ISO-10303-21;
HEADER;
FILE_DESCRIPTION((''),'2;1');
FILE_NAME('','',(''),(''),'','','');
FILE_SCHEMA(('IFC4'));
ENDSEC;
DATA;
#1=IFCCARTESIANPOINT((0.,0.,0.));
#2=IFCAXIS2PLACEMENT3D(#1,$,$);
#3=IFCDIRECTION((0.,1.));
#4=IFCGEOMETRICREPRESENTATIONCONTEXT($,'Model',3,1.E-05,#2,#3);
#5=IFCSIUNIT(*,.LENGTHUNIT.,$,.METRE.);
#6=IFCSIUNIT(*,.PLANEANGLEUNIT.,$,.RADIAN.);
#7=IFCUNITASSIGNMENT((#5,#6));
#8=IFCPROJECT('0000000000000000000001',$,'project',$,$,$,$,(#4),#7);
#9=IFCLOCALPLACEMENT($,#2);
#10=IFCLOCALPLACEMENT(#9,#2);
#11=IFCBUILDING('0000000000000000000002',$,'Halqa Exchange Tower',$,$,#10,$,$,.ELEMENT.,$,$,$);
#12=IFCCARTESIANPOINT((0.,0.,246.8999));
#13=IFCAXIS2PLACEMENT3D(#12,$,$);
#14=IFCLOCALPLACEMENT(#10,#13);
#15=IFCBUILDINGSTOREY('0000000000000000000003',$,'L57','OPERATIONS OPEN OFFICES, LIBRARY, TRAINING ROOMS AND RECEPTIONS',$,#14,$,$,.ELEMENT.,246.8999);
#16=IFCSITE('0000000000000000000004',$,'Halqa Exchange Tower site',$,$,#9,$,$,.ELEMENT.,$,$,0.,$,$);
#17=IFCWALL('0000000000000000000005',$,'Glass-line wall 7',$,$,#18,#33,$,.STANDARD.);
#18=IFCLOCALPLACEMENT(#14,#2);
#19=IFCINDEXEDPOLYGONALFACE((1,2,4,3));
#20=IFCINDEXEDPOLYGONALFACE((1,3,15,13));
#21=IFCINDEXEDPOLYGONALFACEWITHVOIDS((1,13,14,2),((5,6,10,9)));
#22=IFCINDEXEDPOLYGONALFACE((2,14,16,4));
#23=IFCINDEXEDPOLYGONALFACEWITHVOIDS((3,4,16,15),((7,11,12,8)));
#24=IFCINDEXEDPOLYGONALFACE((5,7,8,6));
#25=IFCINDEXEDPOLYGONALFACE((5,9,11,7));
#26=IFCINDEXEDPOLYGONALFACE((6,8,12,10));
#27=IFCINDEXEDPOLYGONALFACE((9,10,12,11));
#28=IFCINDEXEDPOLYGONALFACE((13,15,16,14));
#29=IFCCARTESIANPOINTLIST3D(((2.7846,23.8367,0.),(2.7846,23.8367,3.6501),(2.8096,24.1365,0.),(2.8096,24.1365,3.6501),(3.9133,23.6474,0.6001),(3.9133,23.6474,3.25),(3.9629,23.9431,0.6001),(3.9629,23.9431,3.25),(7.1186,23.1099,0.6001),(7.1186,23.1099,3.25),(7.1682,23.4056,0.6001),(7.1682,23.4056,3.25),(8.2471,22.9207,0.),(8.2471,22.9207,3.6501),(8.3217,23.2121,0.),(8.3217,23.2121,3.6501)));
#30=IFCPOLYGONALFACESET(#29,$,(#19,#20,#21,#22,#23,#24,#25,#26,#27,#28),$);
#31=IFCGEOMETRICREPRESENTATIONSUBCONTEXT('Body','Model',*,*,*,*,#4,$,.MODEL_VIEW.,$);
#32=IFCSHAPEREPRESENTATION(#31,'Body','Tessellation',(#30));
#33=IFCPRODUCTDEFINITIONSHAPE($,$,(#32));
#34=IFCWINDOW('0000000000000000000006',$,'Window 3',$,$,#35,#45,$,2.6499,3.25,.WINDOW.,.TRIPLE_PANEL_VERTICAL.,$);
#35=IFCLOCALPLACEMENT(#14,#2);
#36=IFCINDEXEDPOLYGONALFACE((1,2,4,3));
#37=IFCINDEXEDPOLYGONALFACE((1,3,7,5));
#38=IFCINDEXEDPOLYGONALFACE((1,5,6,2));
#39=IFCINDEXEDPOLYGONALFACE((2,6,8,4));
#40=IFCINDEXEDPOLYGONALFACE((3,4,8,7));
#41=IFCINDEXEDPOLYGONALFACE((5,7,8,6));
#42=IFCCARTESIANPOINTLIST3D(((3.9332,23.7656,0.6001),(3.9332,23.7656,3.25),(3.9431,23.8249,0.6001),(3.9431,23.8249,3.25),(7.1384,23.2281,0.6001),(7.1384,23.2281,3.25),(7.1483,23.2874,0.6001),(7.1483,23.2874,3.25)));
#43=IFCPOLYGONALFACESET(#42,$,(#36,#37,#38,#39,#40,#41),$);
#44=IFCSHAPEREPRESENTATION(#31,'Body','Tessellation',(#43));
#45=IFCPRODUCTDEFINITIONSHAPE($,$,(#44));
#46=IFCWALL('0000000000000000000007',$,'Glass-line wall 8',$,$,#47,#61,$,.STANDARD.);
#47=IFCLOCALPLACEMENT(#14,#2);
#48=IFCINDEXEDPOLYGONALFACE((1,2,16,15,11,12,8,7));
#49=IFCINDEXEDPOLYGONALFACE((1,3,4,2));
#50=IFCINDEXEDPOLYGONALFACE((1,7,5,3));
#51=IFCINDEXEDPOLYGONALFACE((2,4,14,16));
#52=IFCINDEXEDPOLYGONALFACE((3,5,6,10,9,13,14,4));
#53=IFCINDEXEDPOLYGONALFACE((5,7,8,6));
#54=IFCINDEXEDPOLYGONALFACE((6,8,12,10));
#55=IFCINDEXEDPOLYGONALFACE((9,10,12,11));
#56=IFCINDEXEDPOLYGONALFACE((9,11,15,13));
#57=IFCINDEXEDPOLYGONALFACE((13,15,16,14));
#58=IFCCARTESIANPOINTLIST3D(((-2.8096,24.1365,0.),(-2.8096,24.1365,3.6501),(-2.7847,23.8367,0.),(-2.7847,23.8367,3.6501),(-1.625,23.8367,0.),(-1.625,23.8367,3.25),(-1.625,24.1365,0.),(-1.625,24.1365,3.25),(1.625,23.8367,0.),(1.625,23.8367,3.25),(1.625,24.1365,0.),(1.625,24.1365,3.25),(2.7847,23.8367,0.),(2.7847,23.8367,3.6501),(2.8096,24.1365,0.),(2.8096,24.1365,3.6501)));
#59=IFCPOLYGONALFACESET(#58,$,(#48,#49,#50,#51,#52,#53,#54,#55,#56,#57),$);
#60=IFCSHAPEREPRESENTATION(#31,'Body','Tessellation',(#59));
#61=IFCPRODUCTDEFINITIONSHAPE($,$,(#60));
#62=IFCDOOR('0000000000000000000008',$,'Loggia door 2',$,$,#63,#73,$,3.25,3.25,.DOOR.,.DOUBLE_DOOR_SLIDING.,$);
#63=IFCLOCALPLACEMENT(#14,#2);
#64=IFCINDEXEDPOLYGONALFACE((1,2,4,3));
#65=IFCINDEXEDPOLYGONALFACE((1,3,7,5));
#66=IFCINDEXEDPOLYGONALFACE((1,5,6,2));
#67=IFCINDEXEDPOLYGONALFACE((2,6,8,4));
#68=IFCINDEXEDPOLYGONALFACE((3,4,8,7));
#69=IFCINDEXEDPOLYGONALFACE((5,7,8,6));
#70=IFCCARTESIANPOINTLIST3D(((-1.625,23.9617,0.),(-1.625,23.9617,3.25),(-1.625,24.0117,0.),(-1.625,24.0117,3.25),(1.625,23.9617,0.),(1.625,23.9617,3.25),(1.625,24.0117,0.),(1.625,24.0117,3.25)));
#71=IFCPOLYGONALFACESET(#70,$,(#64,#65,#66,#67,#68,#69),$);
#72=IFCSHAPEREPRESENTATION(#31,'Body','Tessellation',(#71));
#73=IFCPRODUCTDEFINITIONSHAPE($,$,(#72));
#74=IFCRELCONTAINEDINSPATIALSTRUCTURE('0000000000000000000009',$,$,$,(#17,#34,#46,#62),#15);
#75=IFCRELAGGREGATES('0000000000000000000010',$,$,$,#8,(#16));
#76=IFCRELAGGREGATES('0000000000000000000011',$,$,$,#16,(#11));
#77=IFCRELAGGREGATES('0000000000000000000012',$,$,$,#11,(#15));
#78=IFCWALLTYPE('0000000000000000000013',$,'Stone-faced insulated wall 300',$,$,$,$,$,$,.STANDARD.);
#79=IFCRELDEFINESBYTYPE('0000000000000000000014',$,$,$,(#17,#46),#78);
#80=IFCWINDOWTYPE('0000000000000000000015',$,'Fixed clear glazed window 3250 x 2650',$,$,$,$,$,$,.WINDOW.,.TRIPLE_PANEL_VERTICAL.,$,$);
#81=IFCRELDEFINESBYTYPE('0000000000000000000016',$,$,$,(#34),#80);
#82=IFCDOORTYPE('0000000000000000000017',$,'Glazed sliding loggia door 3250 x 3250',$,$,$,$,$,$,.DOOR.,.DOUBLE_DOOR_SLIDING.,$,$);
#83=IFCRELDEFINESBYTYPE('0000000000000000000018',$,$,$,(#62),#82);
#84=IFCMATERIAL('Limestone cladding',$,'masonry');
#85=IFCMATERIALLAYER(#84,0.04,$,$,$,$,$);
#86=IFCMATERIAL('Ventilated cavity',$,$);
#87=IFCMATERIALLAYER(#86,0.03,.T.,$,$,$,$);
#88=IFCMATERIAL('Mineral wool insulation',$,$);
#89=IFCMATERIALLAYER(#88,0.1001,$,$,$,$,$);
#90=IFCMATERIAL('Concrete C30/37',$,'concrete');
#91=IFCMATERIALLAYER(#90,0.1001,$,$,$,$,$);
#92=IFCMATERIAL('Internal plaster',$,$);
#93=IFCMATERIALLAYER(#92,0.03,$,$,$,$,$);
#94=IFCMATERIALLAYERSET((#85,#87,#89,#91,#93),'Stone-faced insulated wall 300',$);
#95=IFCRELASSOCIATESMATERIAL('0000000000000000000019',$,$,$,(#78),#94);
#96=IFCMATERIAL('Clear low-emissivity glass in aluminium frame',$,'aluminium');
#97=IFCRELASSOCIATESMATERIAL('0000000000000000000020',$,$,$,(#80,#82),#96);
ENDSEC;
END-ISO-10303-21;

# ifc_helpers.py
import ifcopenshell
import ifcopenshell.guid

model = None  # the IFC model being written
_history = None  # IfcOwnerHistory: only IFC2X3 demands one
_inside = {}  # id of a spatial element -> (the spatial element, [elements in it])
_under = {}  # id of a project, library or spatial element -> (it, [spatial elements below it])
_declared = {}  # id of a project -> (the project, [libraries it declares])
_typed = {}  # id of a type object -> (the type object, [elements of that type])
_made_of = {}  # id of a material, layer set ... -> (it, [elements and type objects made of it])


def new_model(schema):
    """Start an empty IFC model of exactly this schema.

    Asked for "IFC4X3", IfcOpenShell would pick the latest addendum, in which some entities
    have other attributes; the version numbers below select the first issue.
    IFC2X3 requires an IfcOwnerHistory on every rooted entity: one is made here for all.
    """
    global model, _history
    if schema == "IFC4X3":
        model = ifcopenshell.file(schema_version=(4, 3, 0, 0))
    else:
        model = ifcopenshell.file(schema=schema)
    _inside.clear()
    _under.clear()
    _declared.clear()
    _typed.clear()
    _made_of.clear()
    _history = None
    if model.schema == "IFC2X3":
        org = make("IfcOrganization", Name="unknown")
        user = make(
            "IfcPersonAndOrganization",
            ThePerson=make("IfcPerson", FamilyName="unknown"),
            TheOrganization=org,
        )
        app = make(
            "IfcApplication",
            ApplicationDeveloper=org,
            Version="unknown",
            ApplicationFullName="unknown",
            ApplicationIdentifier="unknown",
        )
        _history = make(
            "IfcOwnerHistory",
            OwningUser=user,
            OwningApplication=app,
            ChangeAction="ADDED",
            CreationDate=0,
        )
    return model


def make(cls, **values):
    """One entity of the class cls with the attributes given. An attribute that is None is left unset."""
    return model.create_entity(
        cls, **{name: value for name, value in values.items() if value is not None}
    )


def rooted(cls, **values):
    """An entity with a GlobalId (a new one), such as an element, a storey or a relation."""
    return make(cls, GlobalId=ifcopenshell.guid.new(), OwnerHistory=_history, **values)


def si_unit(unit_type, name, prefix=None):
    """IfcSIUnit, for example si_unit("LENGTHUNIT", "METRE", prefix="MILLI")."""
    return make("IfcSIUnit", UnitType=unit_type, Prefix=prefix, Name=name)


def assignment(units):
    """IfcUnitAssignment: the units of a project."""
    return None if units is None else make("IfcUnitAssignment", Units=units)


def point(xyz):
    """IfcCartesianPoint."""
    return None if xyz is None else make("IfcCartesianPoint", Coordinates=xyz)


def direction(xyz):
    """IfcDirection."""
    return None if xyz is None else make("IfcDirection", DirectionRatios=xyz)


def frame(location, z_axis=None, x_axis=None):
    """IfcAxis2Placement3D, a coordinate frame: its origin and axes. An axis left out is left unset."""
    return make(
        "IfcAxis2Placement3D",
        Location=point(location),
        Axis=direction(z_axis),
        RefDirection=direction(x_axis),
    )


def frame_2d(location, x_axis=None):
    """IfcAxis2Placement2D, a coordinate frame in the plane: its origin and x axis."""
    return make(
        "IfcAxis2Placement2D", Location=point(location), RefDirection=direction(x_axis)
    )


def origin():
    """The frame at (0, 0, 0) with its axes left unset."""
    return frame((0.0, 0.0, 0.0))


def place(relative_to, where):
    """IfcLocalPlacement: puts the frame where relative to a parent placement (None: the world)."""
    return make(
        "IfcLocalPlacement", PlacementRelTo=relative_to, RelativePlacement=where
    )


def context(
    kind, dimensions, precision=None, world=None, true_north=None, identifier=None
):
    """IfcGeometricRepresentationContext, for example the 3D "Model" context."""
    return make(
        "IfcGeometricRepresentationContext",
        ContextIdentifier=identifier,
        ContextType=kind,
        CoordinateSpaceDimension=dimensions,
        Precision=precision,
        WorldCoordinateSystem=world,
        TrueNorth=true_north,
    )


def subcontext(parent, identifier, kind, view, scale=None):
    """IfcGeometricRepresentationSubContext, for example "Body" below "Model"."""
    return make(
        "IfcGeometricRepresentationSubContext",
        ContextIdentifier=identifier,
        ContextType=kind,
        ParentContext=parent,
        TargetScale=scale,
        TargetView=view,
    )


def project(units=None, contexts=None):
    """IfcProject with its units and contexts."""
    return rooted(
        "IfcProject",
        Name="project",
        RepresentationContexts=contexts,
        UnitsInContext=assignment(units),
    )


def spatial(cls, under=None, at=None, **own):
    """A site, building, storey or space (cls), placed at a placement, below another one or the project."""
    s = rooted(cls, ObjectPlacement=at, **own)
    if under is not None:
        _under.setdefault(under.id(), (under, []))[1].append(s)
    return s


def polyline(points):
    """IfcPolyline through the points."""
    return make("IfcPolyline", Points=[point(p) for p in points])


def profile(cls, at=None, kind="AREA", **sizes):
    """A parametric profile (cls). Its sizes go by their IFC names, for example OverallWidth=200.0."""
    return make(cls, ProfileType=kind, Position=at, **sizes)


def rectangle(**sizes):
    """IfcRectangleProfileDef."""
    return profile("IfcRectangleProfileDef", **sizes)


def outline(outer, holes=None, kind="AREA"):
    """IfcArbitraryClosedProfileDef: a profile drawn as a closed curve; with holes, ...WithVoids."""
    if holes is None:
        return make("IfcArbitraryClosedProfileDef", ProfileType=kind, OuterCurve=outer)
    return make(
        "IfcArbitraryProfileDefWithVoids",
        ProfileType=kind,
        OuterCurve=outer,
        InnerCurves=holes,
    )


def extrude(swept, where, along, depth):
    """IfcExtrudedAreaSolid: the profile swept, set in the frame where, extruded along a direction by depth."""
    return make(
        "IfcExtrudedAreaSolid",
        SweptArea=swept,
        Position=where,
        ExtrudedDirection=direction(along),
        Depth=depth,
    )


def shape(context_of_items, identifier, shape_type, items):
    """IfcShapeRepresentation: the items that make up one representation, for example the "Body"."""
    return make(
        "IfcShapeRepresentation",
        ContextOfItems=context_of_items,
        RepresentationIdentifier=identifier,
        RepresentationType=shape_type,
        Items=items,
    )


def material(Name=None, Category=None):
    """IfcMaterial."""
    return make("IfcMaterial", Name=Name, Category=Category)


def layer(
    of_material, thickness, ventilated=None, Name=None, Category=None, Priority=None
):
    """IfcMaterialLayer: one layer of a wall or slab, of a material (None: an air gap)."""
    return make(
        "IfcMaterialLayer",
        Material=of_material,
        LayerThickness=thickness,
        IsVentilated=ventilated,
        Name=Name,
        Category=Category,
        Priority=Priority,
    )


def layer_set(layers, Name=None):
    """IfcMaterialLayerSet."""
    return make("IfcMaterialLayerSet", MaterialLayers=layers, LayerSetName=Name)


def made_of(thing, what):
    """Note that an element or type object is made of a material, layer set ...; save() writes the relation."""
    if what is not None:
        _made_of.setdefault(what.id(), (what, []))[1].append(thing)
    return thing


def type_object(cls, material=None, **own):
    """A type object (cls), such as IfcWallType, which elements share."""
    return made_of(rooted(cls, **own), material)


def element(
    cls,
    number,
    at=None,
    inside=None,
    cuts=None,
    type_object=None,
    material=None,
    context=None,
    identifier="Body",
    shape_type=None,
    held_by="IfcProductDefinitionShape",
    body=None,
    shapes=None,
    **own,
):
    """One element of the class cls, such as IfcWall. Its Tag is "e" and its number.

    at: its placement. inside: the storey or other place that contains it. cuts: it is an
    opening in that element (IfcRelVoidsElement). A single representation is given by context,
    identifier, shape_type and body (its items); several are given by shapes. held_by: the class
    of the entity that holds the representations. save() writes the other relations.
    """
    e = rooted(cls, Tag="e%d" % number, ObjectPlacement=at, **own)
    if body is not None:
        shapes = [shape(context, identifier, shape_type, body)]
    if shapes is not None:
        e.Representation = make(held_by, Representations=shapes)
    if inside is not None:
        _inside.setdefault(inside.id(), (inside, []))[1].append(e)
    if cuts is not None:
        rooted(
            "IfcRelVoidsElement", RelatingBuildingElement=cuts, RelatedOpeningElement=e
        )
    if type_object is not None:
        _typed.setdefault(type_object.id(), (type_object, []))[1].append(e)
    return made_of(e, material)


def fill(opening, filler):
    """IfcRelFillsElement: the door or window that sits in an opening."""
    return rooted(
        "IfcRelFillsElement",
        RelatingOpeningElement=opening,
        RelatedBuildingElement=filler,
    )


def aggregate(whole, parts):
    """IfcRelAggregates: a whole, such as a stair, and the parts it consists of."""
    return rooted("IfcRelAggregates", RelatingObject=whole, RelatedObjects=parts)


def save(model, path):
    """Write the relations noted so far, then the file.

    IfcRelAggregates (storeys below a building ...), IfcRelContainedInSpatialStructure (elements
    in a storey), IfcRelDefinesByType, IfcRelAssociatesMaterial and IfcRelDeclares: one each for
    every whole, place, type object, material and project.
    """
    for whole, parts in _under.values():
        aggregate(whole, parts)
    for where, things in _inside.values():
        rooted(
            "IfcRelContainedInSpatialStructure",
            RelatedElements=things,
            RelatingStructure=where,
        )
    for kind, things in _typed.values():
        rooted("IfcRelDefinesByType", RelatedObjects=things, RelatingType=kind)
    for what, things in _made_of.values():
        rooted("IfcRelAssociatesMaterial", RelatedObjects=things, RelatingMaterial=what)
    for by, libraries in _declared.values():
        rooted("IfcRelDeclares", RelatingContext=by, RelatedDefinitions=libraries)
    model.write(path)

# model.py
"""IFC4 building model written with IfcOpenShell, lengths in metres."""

from ifc_helpers import new_model, si_unit, direction, frame, frame_2d, origin, place, context, subcontext, project, spatial, polyline, rectangle, outline, extrude, material, layer, layer_set, type_object, element, fill, save


model = new_model("IFC4")

# Units and contexts
model_context = context("Model", 3, precision=1e-05, world=origin(), true_north=direction((0.0, 1.0)))
body_context = subcontext(model_context, "Body", "Model", "MODEL_VIEW")
ifc_project = project(units=[si_unit("LENGTHUNIT", "METRE"), si_unit("PLANEANGLEUNIT", "RADIAN")], contexts=[model_context])

# Site, building, storey
site_placement = place(None, origin())
site = spatial("IfcSite", under=ifc_project, at=site_placement, Name="Halqa Exchange Tower site", CompositionType="ELEMENT", RefElevation=0.0)
building_placement = place(site_placement, origin())
building = spatial("IfcBuilding", under=site, at=building_placement, Name="Halqa Exchange Tower", CompositionType="ELEMENT")
storey_placement = place(building_placement, frame((0.0, 0.0, 246.8999)))
storey = spatial("IfcBuildingStorey", under=building, at=storey_placement, Name="L57", Description="OPERATIONS OPEN OFFICES, LIBRARY, TRAINING ROOMS AND RECEPTIONS", CompositionType="ELEMENT", Elevation=246.8999)

# Shared definitions
ifc_material_1 = material(Name="Concrete C30/37", Category="concrete")

# Wall, opening, window
ifc_material_2 = material(Name="Limestone cladding", Category="masonry")
ifc_layer_1 = layer(ifc_material_2, 0.04)
ifc_material_3 = material(Name="Ventilated cavity")
ifc_layer_2 = layer(ifc_material_3, 0.03, ventilated=True)
ifc_material_4 = material(Name="Mineral wool insulation")
ifc_layer_3 = layer(ifc_material_4, 0.1001)
ifc_layer_4 = layer(ifc_material_1, 0.1001)
ifc_material_5 = material(Name="Internal plaster")
ifc_layer_5 = layer(ifc_material_5, 0.03)
ifc_layer_set_1 = layer_set([ifc_layer_1, ifc_layer_2, ifc_layer_3, ifc_layer_4, ifc_layer_5], Name="Stone-faced insulated wall 300")
wall_type_1 = type_object("IfcWallType", Name="Stone-faced insulated wall 300", PredefinedType="STANDARD", material=ifc_layer_set_1)
wall_1_placement = place(storey_placement, frame((8.2844, 23.0664, 0.0), z_axis=(0.0, 0.0, 1.0), x_axis=(-0.98623, 0.165381, 0.0)))
wall_1 = element("IfcWall", 1, at=wall_1_placement, inside=storey, type_object=wall_type_1, Name="Glass-line wall 7", PredefinedType="STANDARD", context=body_context, shape_type="SweptSolid", body=[
    extrude(outline(polyline([(-0.0127, -0.1499), (5.5764, -0.1499), (5.5515, 0.1499), (0.0127, 0.1499), (-0.0127, -0.1499)])), origin(), (0.0, 0.0, 1.0), 3.6501),
])
opening_1_placement = place(wall_1_placement, frame((1.157, 0.0, 0.6001)))
opening_1 = element("IfcOpeningElement", 2, at=opening_1_placement, cuts=wall_1, PredefinedType="OPENING", context=body_context, shape_type="SweptSolid", body=[
    extrude(rectangle(XDim=3.25, YDim=2.6499, at=frame_2d((1.625, 1.325))), frame((0.0, 0.1621, 0.0), z_axis=(0.0, -1.0, 0.0), x_axis=(1.0, 0.0, 0.0)), (0.0, 0.0, 1.0), 0.324),
])
ifc_material_6 = material(Name="Clear low-emissivity glass in aluminium frame", Category="aluminium")
window_type = type_object("IfcWindowType", Name="Fixed clear glazed window 3250 x 2650", PartitioningType="TRIPLE_PANEL_VERTICAL", PredefinedType="WINDOW", material=ifc_material_6)
window_placement = place(opening_1_placement, origin())
window = element("IfcWindow", 3, at=window_placement, inside=storey, type_object=window_type, Name="Window 3", OverallHeight=2.6499, OverallWidth=3.25, PartitioningType="TRIPLE_PANEL_VERTICAL", PredefinedType="WINDOW", context=body_context, shape_type="SweptSolid", body=[
    extrude(rectangle(XDim=3.25, YDim=2.6499, at=frame_2d((1.625, 1.325))), frame((0.0, 0.03, 0.0), z_axis=(0.0, -1.0, 0.0), x_axis=(1.0, 0.0, 0.0)), (0.0, 0.0, 1.0), 0.0601),
])
fill(opening_1, window)

# Wall, opening, door
wall_2_placement = place(storey_placement, frame((2.7971, 23.9866, 0.0), z_axis=(0.0, 0.0, 1.0), x_axis=(-1.0, 0.0, 0.0)))
wall_2 = element("IfcWall", 4, at=wall_2_placement, inside=storey, type_object=wall_type_1, Name="Glass-line wall 8", PredefinedType="STANDARD", context=body_context, shape_type="SweptSolid", body=[
    extrude(outline(polyline([(-0.0125, -0.1499), (5.6067, -0.1499), (5.5818, 0.1499), (0.0125, 0.1499), (-0.0125, -0.1499)])), origin(), (0.0, 0.0, 1.0), 3.6501),
])
opening_2_placement = place(wall_2_placement, frame((1.1721, 0.0, 0.0)))
opening_2 = element("IfcOpeningElement", 5, at=opening_2_placement, cuts=wall_2, PredefinedType="OPENING", context=body_context, shape_type="SweptSolid", body=[
    extrude(rectangle(XDim=3.25, YDim=3.25, at=frame_2d((1.625, 1.625))), frame((0.0, 0.1621, 0.0), z_axis=(0.0, -1.0, 0.0), x_axis=(1.0, 0.0, 0.0)), (0.0, 0.0, 1.0), 0.324),
])
door_type_1 = type_object("IfcDoorType", Name="Glazed sliding loggia door 3250 x 3250", OperationType="DOUBLE_DOOR_SLIDING", PredefinedType="DOOR", material=ifc_material_6)
door_1_placement = place(opening_2_placement, origin())
door_1 = element("IfcDoor", 6, at=door_1_placement, inside=storey, type_object=door_type_1, Name="Loggia door 2", OperationType="DOUBLE_DOOR_SLIDING", OverallHeight=3.25, OverallWidth=3.25, PredefinedType="DOOR", context=body_context, shape_type="SweptSolid", body=[
    extrude(rectangle(XDim=3.25, YDim=3.25, at=frame_2d((1.625, 1.625))), frame((0.0, 0.0249, 0.0), z_axis=(0.0, -1.0, 0.0), x_axis=(1.0, 0.0, 0.0)), (0.0, 0.0, 1.0), 0.05),
])
fill(opening_2, door_1)

save(model, "model.ifc")
